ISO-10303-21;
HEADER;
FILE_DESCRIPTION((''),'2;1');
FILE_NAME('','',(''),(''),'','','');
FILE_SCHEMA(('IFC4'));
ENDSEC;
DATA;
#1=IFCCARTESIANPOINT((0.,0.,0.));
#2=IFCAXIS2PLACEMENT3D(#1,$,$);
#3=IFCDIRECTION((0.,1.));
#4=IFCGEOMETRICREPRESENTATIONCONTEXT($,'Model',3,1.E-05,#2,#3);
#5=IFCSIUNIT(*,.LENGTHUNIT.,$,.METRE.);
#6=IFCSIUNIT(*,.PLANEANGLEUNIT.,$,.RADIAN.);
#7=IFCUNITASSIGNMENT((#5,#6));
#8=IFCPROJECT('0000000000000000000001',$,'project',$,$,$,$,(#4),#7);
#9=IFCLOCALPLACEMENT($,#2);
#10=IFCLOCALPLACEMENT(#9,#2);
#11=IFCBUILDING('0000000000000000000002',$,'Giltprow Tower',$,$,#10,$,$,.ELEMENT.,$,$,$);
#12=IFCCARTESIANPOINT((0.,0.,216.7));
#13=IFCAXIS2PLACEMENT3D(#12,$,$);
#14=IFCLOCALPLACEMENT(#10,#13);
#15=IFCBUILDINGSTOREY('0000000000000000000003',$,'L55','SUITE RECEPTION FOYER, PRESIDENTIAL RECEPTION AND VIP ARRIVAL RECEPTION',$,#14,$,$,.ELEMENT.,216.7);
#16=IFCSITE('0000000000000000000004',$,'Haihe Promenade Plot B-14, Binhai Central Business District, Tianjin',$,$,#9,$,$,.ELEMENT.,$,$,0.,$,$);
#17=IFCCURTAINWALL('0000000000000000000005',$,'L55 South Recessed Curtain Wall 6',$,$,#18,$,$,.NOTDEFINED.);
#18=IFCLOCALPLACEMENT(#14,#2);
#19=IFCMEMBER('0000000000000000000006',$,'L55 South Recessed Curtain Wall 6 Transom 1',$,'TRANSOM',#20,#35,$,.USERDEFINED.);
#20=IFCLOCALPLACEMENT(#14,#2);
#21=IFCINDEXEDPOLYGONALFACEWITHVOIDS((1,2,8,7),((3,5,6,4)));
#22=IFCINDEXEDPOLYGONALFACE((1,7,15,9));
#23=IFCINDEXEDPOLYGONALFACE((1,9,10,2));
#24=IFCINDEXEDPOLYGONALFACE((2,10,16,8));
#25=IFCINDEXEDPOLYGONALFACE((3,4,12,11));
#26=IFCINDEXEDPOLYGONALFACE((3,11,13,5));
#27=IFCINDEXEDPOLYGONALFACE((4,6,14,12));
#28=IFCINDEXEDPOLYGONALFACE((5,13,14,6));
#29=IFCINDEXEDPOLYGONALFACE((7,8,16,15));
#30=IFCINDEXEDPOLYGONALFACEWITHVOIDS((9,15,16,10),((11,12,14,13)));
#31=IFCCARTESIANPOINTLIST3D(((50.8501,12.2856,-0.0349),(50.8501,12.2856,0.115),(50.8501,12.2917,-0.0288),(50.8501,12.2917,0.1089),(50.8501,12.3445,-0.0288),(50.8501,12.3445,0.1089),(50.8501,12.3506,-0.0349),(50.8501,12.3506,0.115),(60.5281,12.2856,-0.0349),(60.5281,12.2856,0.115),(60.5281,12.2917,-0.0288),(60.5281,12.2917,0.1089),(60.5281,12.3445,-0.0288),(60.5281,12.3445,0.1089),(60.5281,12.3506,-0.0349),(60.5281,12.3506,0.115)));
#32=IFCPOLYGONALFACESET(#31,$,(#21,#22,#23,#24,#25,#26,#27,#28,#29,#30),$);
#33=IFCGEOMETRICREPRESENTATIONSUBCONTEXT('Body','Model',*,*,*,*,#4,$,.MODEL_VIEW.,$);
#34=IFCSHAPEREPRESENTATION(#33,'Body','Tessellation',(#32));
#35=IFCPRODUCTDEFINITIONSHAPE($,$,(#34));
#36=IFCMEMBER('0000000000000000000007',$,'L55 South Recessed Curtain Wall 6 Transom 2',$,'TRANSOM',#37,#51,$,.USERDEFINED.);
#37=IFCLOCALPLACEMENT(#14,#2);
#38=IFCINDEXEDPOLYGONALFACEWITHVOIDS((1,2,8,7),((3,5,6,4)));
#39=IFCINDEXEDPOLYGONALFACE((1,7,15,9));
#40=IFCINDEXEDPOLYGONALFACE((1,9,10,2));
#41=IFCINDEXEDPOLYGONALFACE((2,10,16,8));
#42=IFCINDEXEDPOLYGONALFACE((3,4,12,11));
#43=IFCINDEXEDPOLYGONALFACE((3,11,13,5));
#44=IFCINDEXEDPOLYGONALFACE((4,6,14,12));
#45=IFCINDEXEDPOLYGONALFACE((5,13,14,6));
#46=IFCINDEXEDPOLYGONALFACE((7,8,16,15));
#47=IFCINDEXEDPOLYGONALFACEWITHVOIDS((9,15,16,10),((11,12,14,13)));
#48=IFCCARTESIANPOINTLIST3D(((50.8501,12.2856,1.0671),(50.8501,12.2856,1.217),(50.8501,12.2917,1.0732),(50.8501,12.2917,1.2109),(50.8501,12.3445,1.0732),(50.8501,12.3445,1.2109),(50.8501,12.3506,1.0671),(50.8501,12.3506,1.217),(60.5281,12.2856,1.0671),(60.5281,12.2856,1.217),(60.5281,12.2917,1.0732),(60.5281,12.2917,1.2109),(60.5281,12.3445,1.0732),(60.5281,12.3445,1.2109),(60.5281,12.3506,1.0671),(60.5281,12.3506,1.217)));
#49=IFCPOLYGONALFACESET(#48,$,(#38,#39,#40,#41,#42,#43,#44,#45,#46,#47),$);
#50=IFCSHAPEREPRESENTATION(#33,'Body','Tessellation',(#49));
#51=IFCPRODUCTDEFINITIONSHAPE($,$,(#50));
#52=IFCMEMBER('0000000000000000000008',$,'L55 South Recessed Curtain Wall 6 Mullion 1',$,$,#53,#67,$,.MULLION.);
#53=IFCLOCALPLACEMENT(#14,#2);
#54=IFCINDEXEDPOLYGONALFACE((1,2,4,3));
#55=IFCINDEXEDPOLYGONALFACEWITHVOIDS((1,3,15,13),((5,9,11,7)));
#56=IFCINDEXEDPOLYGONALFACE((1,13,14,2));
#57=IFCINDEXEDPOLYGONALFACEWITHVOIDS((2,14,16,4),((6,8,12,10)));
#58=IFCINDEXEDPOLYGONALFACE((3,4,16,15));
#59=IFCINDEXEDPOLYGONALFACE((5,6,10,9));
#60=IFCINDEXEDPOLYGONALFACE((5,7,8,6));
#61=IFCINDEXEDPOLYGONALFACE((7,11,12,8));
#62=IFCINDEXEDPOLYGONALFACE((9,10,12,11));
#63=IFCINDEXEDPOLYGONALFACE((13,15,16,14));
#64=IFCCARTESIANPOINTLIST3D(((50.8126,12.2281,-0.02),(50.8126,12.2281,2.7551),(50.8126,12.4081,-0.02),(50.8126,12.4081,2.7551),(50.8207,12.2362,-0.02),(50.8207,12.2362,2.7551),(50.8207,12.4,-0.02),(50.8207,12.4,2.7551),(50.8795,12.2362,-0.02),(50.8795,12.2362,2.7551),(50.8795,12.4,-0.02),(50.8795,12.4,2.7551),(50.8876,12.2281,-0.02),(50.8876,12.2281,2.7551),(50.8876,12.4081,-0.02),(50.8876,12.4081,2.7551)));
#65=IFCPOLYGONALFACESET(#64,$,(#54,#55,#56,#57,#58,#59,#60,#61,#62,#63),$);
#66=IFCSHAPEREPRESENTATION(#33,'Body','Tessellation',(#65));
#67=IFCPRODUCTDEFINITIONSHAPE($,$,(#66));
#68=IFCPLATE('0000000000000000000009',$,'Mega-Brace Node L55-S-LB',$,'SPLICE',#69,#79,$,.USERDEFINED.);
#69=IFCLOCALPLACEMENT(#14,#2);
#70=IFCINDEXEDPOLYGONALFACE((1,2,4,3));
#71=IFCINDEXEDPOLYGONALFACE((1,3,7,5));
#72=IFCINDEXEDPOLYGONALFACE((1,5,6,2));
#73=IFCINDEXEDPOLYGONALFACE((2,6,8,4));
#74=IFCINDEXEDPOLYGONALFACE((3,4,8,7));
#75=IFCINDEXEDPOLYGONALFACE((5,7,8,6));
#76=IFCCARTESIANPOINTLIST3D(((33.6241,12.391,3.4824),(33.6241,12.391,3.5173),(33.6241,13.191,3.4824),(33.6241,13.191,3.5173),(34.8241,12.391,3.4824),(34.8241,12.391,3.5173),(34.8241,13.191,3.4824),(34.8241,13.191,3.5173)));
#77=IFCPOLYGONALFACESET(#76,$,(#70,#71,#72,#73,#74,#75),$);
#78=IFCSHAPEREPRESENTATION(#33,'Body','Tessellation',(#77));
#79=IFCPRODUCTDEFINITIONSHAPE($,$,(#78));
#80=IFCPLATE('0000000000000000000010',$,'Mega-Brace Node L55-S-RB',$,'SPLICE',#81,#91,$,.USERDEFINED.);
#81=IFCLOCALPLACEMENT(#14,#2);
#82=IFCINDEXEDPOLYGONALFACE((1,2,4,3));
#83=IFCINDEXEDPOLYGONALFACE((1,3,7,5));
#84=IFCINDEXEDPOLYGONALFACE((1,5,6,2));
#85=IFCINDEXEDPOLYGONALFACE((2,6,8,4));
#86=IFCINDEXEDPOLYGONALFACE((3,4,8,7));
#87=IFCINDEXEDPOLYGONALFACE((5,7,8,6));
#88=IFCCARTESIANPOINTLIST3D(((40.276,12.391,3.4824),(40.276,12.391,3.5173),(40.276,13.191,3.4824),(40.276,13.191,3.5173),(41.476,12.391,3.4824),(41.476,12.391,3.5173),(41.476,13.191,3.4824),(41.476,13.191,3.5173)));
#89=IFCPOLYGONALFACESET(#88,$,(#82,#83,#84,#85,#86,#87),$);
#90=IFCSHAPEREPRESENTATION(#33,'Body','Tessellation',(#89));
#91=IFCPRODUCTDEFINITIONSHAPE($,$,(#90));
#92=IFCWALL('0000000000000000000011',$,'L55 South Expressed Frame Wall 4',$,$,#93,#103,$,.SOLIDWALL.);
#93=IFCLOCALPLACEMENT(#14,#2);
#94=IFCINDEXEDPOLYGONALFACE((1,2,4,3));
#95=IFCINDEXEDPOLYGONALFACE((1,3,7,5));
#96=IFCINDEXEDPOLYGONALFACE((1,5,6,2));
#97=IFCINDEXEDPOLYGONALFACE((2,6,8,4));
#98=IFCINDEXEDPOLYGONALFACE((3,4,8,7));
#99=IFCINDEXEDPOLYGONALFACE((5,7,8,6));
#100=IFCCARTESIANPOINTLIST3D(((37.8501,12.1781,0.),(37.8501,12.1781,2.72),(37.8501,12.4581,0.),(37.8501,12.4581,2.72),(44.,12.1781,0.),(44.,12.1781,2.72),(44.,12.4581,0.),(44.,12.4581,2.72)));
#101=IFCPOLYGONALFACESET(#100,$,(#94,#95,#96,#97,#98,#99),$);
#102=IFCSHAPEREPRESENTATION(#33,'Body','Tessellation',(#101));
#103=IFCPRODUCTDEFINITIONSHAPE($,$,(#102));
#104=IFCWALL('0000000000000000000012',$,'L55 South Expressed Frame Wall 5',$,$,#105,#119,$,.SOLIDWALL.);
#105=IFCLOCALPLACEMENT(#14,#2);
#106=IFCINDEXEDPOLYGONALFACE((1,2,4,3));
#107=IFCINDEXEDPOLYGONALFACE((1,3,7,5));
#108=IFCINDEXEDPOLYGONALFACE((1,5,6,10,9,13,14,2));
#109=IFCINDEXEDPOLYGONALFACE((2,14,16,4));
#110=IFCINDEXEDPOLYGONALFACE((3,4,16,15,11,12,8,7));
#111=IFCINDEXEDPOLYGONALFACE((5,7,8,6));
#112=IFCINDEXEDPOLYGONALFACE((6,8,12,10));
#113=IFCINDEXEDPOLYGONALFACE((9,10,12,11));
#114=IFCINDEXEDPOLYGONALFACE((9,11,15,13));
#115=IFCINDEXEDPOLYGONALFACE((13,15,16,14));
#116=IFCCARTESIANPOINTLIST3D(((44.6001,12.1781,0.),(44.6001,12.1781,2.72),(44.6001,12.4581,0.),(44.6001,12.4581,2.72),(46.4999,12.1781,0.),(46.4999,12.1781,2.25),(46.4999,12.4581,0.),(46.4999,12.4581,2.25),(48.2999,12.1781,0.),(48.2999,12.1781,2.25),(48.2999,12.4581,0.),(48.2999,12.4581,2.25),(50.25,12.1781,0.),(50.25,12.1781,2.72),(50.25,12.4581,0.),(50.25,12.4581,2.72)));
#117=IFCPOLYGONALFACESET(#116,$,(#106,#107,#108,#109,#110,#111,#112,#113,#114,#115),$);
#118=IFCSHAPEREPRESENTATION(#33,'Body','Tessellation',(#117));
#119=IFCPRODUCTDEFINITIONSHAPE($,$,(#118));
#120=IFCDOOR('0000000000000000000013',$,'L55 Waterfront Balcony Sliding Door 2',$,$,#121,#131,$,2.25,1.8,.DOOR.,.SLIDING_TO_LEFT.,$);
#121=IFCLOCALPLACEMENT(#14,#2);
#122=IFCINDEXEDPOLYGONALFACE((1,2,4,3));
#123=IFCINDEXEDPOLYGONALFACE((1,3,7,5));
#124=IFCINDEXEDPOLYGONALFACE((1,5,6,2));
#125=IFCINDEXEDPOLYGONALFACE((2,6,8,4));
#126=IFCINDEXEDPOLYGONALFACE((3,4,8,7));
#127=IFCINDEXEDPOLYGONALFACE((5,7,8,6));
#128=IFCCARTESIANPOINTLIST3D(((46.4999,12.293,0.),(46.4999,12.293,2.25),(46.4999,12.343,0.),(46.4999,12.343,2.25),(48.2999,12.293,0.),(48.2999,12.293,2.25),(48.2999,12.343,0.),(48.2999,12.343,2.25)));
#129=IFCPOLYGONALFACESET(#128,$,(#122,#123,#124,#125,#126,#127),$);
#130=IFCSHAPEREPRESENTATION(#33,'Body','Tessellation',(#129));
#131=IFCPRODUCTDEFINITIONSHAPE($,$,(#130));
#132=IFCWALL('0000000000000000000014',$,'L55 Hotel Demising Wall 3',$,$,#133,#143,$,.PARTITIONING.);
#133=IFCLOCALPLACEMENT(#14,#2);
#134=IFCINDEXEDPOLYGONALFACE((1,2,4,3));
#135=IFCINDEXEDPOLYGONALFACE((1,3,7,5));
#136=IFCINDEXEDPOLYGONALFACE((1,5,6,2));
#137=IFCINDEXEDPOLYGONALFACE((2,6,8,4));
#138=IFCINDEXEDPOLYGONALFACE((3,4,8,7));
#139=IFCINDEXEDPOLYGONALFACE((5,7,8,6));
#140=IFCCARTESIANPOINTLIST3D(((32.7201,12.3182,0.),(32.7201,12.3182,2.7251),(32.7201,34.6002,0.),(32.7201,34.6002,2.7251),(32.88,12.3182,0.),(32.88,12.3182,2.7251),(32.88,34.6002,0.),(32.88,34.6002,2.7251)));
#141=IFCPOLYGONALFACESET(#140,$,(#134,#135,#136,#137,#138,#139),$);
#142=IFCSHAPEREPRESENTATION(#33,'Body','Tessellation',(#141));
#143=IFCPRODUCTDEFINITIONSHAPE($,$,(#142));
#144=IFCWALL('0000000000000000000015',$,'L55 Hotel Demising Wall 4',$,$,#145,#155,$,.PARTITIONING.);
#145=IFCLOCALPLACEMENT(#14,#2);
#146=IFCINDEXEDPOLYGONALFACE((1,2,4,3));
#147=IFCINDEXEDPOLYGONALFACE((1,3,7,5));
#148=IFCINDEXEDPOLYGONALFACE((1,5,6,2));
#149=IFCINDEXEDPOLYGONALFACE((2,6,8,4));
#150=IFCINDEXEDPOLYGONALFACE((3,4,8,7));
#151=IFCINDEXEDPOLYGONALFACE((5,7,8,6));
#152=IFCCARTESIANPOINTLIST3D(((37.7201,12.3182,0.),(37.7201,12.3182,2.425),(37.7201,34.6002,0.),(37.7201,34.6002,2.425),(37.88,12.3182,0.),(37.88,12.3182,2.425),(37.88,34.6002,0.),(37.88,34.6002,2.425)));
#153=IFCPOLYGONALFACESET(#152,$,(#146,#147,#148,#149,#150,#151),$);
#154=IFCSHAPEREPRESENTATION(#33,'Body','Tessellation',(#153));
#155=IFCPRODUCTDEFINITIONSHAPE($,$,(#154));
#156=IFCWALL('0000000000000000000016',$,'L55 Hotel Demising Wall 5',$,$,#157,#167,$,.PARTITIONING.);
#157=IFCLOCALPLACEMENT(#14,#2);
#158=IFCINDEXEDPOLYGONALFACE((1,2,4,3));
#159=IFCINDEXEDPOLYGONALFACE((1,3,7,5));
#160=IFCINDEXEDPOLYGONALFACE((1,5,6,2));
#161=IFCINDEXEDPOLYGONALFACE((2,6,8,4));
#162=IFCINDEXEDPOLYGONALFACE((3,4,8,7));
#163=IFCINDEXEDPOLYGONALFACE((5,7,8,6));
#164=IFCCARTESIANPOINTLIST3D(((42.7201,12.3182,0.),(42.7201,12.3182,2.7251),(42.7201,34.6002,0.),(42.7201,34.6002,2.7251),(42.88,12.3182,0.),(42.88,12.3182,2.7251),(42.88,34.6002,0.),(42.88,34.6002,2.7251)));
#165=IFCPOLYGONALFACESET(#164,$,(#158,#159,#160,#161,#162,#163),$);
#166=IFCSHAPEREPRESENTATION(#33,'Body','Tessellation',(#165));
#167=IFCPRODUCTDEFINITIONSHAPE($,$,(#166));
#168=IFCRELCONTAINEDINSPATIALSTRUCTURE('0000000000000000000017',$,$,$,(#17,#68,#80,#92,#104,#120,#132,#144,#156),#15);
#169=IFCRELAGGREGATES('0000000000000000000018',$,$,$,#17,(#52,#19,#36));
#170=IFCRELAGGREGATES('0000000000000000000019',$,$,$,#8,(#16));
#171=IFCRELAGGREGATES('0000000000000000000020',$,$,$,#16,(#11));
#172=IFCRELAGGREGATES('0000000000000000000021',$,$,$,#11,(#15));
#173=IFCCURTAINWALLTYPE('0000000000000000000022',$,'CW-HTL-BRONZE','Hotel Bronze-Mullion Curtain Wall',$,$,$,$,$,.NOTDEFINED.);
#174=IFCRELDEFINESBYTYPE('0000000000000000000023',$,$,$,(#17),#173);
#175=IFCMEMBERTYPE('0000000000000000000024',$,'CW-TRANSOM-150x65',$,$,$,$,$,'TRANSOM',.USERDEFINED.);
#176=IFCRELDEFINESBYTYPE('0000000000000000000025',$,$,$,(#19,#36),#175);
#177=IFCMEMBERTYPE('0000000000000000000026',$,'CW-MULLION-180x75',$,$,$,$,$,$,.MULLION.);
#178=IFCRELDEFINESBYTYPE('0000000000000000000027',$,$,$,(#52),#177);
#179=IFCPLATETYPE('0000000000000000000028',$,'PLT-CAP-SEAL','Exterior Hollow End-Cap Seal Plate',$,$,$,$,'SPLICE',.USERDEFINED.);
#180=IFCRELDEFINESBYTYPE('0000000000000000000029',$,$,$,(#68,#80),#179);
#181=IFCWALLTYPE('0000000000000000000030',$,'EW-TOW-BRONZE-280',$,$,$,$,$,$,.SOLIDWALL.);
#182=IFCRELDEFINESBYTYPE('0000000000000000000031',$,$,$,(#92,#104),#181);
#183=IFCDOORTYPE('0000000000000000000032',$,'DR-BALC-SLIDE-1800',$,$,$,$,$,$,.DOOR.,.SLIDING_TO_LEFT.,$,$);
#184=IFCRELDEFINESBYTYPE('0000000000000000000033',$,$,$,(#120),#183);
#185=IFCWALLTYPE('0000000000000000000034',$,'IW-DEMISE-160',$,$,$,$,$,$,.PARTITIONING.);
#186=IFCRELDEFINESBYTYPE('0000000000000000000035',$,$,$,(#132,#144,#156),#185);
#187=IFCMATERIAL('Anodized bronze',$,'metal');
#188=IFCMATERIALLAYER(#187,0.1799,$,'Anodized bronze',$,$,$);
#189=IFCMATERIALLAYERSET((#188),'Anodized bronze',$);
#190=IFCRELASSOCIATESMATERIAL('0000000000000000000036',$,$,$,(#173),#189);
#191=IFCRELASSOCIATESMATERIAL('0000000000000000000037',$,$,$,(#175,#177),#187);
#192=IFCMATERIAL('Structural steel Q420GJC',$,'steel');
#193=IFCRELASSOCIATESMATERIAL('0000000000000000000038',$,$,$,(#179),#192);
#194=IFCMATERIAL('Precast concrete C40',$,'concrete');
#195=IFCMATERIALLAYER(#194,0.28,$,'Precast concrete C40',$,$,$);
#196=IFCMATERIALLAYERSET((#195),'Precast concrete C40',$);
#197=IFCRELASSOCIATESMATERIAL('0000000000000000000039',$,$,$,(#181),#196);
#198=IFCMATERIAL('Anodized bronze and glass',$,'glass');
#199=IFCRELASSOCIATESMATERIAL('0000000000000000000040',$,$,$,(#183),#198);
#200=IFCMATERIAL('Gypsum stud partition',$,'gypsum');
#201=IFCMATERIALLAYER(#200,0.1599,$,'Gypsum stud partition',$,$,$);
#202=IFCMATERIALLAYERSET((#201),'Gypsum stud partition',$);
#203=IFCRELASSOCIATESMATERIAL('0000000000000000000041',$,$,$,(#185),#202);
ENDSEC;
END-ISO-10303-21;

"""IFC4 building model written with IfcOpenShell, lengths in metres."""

from ifc_helpers import new_model, si_unit, direction, frame, frame_2d, origin, origin_2d, place, context, subcontext, project, spatial, rectangle, hollow_rectangle, extrude, source, transform, mapped, material, layer, layer_set, material_profile, profile_set, type_object, element, fill, aggregate, save


model = new_model("IFC4")

# Units and contexts
model_context = context("Model", 3, precision=1e-05, world=origin(), true_north=direction((0.0, 1.0)))
body_context = subcontext(model_context, "Body", "Model", "MODEL_VIEW")
ifc_project = project(units=[si_unit("LENGTHUNIT", "METRE"), si_unit("PLANEANGLEUNIT", "RADIAN")], contexts=[model_context])

# Site, building, storey
site_placement = place(None, origin())
site = spatial("IfcSite", under=ifc_project, at=site_placement, Name="Haihe Promenade Plot B-14, Binhai Central Business District, Tianjin", CompositionType="ELEMENT", RefElevation=0.0)
building_placement = place(site_placement, origin())
building = spatial("IfcBuilding", under=site, at=building_placement, Name="Giltprow Tower", CompositionType="ELEMENT")
storey_placement = place(building_placement, frame((0.0, 0.0, 216.7)))
storey = spatial("IfcBuildingStorey", under=building, at=storey_placement, Name="L55", Description="SUITE RECEPTION FOYER, PRESIDENTIAL RECEPTION AND VIP ARRIVAL RECEPTION", CompositionType="ELEMENT", Elevation=216.7)

# Shared definitions
ifc_material_1 = material(Name="Structural steel Q420GJC", Category="steel")

# Curtain wall, members
ifc_material_2 = material(Name="Anodized bronze", Category="metal")
ifc_layer_1 = layer(ifc_material_2, 0.1799, Name="Anodized bronze")
ifc_layer_set_1 = layer_set([ifc_layer_1], Name="Anodized bronze")
curtain_wall_type = type_object("IfcCurtainWallType", Name="CW-HTL-BRONZE", Description="Hotel Bronze-Mullion Curtain Wall", PredefinedType="NOTDEFINED", material=ifc_layer_set_1)
curtain_wall_placement = place(storey_placement, origin())
curtain_wall = element("IfcCurtainWall", 1, at=curtain_wall_placement, inside=storey, type_object=curtain_wall_type, Name="L55 South Recessed Curtain Wall 6", PredefinedType="NOTDEFINED")
ifc_material_profile_1 = material_profile(ifc_material_2, hollow_rectangle(XDim=0.0649, YDim=0.1499, WallThickness=0.0061, at=origin_2d()), Name="RHS 150x65x6")
ifc_profile_set_1 = profile_set([ifc_material_profile_1], Name="Anodized bronze")
member_type_1 = type_object("IfcMemberType", Name="CW-TRANSOM-150x65", ElementType="TRANSOM", PredefinedType="USERDEFINED", material=ifc_profile_set_1)
shared_shape_1 = source(origin(), body_context, "Body", "SweptSolid", [
    extrude(hollow_rectangle(XDim=0.0649, YDim=0.1499, WallThickness=0.0061, at=origin_2d()), origin(), (0.0, 0.0, 1.0), 9.678),
])
member_1_placement = place(storey_placement, frame((50.8501, 12.3181, 0.04), z_axis=(1.0, 0.0, 0.0), x_axis=(0.0, 1.0, 0.0)))
member_1 = element("IfcMember", 2, at=member_1_placement, type_object=member_type_1, Name="L55 South Recessed Curtain Wall 6 Transom 1", ObjectType="TRANSOM", PredefinedType="USERDEFINED", context=body_context, shape_type="MappedRepresentation", body=[
    mapped(shared_shape_1, transform((0.0, 0.0, 0.0), x_axis=(1.0, 0.0, 0.0), y_axis=(0.0, 1.0, 0.0), z_axis=(0.0, 0.0, 1.0), scale=1.0)),
])
member_2_placement = place(storey_placement, frame((50.8501, 12.3181, 1.1421), z_axis=(1.0, 0.0, 0.0), x_axis=(0.0, 1.0, 0.0)))
member_2 = element("IfcMember", 3, at=member_2_placement, type_object=member_type_1, Name="L55 South Recessed Curtain Wall 6 Transom 2", ObjectType="TRANSOM", PredefinedType="USERDEFINED", context=body_context, shape_type="MappedRepresentation", body=[
    mapped(shared_shape_1, transform((0.0, 0.0, 0.0), x_axis=(1.0, 0.0, 0.0), y_axis=(0.0, 1.0, 0.0), z_axis=(0.0, 0.0, 1.0), scale=1.0)),
])
ifc_material_profile_2 = material_profile(ifc_material_2, hollow_rectangle(XDim=0.075, YDim=0.1799, WallThickness=0.0081, at=origin_2d()), Name="RHS 180x75x8")
ifc_profile_set_2 = profile_set([ifc_material_profile_2], Name="Anodized bronze")
member_type_2 = type_object("IfcMemberType", Name="CW-MULLION-180x75", PredefinedType="MULLION", material=ifc_profile_set_2)
shared_shape_2 = source(origin(), body_context, "Body", "SweptSolid", [
    extrude(hollow_rectangle(XDim=0.075, YDim=0.1799, WallThickness=0.0081, at=origin_2d()), origin(), (0.0, 0.0, 1.0), 2.7751),
])
member_3_placement = place(storey_placement, frame((50.8501, 12.3181, -0.02), z_axis=(0.0, 0.0, 1.0), x_axis=(1.0, 0.0, 0.0)))
member_3 = element("IfcMember", 4, at=member_3_placement, type_object=member_type_2, Name="L55 South Recessed Curtain Wall 6 Mullion 1", PredefinedType="MULLION", context=body_context, shape_type="MappedRepresentation", body=[
    mapped(shared_shape_2, transform((0.0, 0.0, 0.0), x_axis=(1.0, 0.0, 0.0), y_axis=(0.0, 1.0, 0.0), z_axis=(0.0, 0.0, 1.0), scale=1.0)),
])
aggregate(curtain_wall, [member_3, member_1, member_2])

# Plates
plate_type = type_object("IfcPlateType", Name="PLT-CAP-SEAL", Description="Exterior Hollow End-Cap Seal Plate", ElementType="SPLICE", PredefinedType="USERDEFINED", material=ifc_material_1)
shared_shape_3 = source(origin(), body_context, "Body", "SweptSolid", [
    extrude(rectangle(XDim=1.2, YDim=0.8, at=origin_2d()), origin(), (0.0, 0.0, 1.0), 0.0349),
])
for number, where, z_axis, x_axis, name in (
    (5, (34.2241, 12.791, 3.4824), (0.0, 0.0, 1.0), (1.0, 0.0, 0.0), "Mega-Brace Node L55-S-LB"),
    (6, (40.876, 12.791, 3.4824), (0.0, 0.0, 1.0), (1.0, 0.0, 0.0), "Mega-Brace Node L55-S-RB"),
):
    element("IfcPlate", number, at=place(storey_placement, frame(where, z_axis=z_axis, x_axis=x_axis)), inside=storey, type_object=plate_type, Name=name, ObjectType="SPLICE", PredefinedType="USERDEFINED", context=body_context, shape_type="MappedRepresentation", body=[
        mapped(shared_shape_3, transform((0.0, 0.0, 0.0), x_axis=(1.0, 0.0, 0.0), y_axis=(0.0, 1.0, 0.0), z_axis=(0.0, 0.0, 1.0), scale=1.0)),
    ])

# Wall
ifc_material_3 = material(Name="Precast concrete C40", Category="concrete")
ifc_layer_2 = layer(ifc_material_3, 0.28, Name="Precast concrete C40")
ifc_layer_set_2 = layer_set([ifc_layer_2], Name="Precast concrete C40")
wall_type_1 = type_object("IfcWallType", Name="EW-TOW-BRONZE-280", PredefinedType="SOLIDWALL", material=ifc_layer_set_2)
wall_1_placement = place(storey_placement, frame((37.8501, 12.3181, 0.0), z_axis=(0.0, 0.0, 1.0), x_axis=(1.0, 0.0, 0.0)))
element("IfcWall", 7, at=wall_1_placement, inside=storey, type_object=wall_type_1, Name="L55 South Expressed Frame Wall 4", PredefinedType="SOLIDWALL", context=body_context, shape_type="SweptSolid", body=[
    extrude(rectangle(XDim=6.1499, YDim=0.28, at=frame_2d((3.075, 0.0))), origin(), (0.0, 0.0, 1.0), 2.72),
])

# Wall, opening, door
wall_2_placement = place(storey_placement, frame((44.6001, 12.3181, 0.0), z_axis=(0.0, 0.0, 1.0), x_axis=(1.0, 0.0, 0.0)))
wall_2 = element("IfcWall", 8, at=wall_2_placement, inside=storey, type_object=wall_type_1, Name="L55 South Expressed Frame Wall 5", PredefinedType="SOLIDWALL", context=body_context, shape_type="SweptSolid", body=[
    extrude(rectangle(XDim=5.6499, YDim=0.28, at=frame_2d((2.825, 0.0))), origin(), (0.0, 0.0, 1.0), 2.72),
])
opening_1_placement = place(wall_2_placement, frame((1.8999, 0.0, 0.0)))
opening_1 = element("IfcOpeningElement", 9, at=opening_1_placement, cuts=wall_2, PredefinedType="OPENING", context=body_context, shape_type="SweptSolid", body=[
    extrude(rectangle(XDim=1.8, YDim=2.25, at=frame_2d((0.8999, 1.125))), frame((0.0, 0.1499, 0.0), z_axis=(0.0, -1.0, 0.0), x_axis=(1.0, 0.0, 0.0)), (0.0, 0.0, 1.0), 0.3),
])
ifc_material_4 = material(Name="Anodized bronze and glass", Category="glass")
door_type_1 = type_object("IfcDoorType", Name="DR-BALC-SLIDE-1800", OperationType="SLIDING_TO_LEFT", PredefinedType="DOOR", material=ifc_material_4)
shared_shape_4 = source(origin(), body_context, "Body", "SweptSolid", [
    extrude(rectangle(XDim=1.8, YDim=2.25, at=frame_2d((0.8999, 1.125))), frame((0.0, 0.0249, 0.0), z_axis=(0.0, -1.0, 0.0), x_axis=(1.0, 0.0, 0.0)), (0.0, 0.0, 1.0), 0.05),
])
door_1_placement = place(opening_1_placement, origin())
door_1 = element("IfcDoor", 10, at=door_1_placement, inside=storey, type_object=door_type_1, Name="L55 Waterfront Balcony Sliding Door 2", OperationType="SLIDING_TO_LEFT", OverallHeight=2.25, OverallWidth=1.8, PredefinedType="DOOR", context=body_context, shape_type="MappedRepresentation", body=[
    mapped(shared_shape_4, transform((0.0, 0.0, 0.0), x_axis=(1.0, 0.0, 0.0), y_axis=(0.0, 1.0, 0.0), z_axis=(0.0, 0.0, 1.0), scale=1.0)),
])
fill(opening_1, door_1)

# Walls
ifc_material_5 = material(Name="Gypsum stud partition", Category="gypsum")
ifc_layer_3 = layer(ifc_material_5, 0.1599, Name="Gypsum stud partition")
ifc_layer_set_3 = layer_set([ifc_layer_3], Name="Gypsum stud partition")
wall_type_2 = type_object("IfcWallType", Name="IW-DEMISE-160", PredefinedType="PARTITIONING", material=ifc_layer_set_3)
wall_3_placement = place(storey_placement, frame((32.8, 12.3181, 0.0), z_axis=(0.0, 0.0, 1.0), x_axis=(0.0, 1.0, 0.0)))
element("IfcWall", 11, at=wall_3_placement, inside=storey, type_object=wall_type_2, Name="L55 Hotel Demising Wall 3", PredefinedType="PARTITIONING", context=body_context, shape_type="SweptSolid", body=[
    extrude(rectangle(XDim=22.282, YDim=0.1599, at=frame_2d((11.1411, 0.0))), origin(), (0.0, 0.0, 1.0), 2.7251),
])
wall_4_placement = place(storey_placement, frame((37.8, 12.3181, 0.0), z_axis=(0.0, 0.0, 1.0), x_axis=(0.0, 1.0, 0.0)))
element("IfcWall", 12, at=wall_4_placement, inside=storey, type_object=wall_type_2, Name="L55 Hotel Demising Wall 4", PredefinedType="PARTITIONING", context=body_context, shape_type="SweptSolid", body=[
    extrude(rectangle(XDim=22.282, YDim=0.1599, at=frame_2d((11.1411, 0.0))), origin(), (0.0, 0.0, 1.0), 2.425),
])
wall_5_placement = place(storey_placement, frame((42.8, 12.3181, 0.0), z_axis=(0.0, 0.0, 1.0), x_axis=(0.0, 1.0, 0.0)))
element("IfcWall", 13, at=wall_5_placement, inside=storey, type_object=wall_type_2, Name="L55 Hotel Demising Wall 5", PredefinedType="PARTITIONING", context=body_context, shape_type="SweptSolid", body=[
    extrude(rectangle(XDim=22.282, YDim=0.1599, at=frame_2d((11.1411, 0.0))), origin(), (0.0, 0.0, 1.0), 2.7251),
])

save(model, "model.ifc")
